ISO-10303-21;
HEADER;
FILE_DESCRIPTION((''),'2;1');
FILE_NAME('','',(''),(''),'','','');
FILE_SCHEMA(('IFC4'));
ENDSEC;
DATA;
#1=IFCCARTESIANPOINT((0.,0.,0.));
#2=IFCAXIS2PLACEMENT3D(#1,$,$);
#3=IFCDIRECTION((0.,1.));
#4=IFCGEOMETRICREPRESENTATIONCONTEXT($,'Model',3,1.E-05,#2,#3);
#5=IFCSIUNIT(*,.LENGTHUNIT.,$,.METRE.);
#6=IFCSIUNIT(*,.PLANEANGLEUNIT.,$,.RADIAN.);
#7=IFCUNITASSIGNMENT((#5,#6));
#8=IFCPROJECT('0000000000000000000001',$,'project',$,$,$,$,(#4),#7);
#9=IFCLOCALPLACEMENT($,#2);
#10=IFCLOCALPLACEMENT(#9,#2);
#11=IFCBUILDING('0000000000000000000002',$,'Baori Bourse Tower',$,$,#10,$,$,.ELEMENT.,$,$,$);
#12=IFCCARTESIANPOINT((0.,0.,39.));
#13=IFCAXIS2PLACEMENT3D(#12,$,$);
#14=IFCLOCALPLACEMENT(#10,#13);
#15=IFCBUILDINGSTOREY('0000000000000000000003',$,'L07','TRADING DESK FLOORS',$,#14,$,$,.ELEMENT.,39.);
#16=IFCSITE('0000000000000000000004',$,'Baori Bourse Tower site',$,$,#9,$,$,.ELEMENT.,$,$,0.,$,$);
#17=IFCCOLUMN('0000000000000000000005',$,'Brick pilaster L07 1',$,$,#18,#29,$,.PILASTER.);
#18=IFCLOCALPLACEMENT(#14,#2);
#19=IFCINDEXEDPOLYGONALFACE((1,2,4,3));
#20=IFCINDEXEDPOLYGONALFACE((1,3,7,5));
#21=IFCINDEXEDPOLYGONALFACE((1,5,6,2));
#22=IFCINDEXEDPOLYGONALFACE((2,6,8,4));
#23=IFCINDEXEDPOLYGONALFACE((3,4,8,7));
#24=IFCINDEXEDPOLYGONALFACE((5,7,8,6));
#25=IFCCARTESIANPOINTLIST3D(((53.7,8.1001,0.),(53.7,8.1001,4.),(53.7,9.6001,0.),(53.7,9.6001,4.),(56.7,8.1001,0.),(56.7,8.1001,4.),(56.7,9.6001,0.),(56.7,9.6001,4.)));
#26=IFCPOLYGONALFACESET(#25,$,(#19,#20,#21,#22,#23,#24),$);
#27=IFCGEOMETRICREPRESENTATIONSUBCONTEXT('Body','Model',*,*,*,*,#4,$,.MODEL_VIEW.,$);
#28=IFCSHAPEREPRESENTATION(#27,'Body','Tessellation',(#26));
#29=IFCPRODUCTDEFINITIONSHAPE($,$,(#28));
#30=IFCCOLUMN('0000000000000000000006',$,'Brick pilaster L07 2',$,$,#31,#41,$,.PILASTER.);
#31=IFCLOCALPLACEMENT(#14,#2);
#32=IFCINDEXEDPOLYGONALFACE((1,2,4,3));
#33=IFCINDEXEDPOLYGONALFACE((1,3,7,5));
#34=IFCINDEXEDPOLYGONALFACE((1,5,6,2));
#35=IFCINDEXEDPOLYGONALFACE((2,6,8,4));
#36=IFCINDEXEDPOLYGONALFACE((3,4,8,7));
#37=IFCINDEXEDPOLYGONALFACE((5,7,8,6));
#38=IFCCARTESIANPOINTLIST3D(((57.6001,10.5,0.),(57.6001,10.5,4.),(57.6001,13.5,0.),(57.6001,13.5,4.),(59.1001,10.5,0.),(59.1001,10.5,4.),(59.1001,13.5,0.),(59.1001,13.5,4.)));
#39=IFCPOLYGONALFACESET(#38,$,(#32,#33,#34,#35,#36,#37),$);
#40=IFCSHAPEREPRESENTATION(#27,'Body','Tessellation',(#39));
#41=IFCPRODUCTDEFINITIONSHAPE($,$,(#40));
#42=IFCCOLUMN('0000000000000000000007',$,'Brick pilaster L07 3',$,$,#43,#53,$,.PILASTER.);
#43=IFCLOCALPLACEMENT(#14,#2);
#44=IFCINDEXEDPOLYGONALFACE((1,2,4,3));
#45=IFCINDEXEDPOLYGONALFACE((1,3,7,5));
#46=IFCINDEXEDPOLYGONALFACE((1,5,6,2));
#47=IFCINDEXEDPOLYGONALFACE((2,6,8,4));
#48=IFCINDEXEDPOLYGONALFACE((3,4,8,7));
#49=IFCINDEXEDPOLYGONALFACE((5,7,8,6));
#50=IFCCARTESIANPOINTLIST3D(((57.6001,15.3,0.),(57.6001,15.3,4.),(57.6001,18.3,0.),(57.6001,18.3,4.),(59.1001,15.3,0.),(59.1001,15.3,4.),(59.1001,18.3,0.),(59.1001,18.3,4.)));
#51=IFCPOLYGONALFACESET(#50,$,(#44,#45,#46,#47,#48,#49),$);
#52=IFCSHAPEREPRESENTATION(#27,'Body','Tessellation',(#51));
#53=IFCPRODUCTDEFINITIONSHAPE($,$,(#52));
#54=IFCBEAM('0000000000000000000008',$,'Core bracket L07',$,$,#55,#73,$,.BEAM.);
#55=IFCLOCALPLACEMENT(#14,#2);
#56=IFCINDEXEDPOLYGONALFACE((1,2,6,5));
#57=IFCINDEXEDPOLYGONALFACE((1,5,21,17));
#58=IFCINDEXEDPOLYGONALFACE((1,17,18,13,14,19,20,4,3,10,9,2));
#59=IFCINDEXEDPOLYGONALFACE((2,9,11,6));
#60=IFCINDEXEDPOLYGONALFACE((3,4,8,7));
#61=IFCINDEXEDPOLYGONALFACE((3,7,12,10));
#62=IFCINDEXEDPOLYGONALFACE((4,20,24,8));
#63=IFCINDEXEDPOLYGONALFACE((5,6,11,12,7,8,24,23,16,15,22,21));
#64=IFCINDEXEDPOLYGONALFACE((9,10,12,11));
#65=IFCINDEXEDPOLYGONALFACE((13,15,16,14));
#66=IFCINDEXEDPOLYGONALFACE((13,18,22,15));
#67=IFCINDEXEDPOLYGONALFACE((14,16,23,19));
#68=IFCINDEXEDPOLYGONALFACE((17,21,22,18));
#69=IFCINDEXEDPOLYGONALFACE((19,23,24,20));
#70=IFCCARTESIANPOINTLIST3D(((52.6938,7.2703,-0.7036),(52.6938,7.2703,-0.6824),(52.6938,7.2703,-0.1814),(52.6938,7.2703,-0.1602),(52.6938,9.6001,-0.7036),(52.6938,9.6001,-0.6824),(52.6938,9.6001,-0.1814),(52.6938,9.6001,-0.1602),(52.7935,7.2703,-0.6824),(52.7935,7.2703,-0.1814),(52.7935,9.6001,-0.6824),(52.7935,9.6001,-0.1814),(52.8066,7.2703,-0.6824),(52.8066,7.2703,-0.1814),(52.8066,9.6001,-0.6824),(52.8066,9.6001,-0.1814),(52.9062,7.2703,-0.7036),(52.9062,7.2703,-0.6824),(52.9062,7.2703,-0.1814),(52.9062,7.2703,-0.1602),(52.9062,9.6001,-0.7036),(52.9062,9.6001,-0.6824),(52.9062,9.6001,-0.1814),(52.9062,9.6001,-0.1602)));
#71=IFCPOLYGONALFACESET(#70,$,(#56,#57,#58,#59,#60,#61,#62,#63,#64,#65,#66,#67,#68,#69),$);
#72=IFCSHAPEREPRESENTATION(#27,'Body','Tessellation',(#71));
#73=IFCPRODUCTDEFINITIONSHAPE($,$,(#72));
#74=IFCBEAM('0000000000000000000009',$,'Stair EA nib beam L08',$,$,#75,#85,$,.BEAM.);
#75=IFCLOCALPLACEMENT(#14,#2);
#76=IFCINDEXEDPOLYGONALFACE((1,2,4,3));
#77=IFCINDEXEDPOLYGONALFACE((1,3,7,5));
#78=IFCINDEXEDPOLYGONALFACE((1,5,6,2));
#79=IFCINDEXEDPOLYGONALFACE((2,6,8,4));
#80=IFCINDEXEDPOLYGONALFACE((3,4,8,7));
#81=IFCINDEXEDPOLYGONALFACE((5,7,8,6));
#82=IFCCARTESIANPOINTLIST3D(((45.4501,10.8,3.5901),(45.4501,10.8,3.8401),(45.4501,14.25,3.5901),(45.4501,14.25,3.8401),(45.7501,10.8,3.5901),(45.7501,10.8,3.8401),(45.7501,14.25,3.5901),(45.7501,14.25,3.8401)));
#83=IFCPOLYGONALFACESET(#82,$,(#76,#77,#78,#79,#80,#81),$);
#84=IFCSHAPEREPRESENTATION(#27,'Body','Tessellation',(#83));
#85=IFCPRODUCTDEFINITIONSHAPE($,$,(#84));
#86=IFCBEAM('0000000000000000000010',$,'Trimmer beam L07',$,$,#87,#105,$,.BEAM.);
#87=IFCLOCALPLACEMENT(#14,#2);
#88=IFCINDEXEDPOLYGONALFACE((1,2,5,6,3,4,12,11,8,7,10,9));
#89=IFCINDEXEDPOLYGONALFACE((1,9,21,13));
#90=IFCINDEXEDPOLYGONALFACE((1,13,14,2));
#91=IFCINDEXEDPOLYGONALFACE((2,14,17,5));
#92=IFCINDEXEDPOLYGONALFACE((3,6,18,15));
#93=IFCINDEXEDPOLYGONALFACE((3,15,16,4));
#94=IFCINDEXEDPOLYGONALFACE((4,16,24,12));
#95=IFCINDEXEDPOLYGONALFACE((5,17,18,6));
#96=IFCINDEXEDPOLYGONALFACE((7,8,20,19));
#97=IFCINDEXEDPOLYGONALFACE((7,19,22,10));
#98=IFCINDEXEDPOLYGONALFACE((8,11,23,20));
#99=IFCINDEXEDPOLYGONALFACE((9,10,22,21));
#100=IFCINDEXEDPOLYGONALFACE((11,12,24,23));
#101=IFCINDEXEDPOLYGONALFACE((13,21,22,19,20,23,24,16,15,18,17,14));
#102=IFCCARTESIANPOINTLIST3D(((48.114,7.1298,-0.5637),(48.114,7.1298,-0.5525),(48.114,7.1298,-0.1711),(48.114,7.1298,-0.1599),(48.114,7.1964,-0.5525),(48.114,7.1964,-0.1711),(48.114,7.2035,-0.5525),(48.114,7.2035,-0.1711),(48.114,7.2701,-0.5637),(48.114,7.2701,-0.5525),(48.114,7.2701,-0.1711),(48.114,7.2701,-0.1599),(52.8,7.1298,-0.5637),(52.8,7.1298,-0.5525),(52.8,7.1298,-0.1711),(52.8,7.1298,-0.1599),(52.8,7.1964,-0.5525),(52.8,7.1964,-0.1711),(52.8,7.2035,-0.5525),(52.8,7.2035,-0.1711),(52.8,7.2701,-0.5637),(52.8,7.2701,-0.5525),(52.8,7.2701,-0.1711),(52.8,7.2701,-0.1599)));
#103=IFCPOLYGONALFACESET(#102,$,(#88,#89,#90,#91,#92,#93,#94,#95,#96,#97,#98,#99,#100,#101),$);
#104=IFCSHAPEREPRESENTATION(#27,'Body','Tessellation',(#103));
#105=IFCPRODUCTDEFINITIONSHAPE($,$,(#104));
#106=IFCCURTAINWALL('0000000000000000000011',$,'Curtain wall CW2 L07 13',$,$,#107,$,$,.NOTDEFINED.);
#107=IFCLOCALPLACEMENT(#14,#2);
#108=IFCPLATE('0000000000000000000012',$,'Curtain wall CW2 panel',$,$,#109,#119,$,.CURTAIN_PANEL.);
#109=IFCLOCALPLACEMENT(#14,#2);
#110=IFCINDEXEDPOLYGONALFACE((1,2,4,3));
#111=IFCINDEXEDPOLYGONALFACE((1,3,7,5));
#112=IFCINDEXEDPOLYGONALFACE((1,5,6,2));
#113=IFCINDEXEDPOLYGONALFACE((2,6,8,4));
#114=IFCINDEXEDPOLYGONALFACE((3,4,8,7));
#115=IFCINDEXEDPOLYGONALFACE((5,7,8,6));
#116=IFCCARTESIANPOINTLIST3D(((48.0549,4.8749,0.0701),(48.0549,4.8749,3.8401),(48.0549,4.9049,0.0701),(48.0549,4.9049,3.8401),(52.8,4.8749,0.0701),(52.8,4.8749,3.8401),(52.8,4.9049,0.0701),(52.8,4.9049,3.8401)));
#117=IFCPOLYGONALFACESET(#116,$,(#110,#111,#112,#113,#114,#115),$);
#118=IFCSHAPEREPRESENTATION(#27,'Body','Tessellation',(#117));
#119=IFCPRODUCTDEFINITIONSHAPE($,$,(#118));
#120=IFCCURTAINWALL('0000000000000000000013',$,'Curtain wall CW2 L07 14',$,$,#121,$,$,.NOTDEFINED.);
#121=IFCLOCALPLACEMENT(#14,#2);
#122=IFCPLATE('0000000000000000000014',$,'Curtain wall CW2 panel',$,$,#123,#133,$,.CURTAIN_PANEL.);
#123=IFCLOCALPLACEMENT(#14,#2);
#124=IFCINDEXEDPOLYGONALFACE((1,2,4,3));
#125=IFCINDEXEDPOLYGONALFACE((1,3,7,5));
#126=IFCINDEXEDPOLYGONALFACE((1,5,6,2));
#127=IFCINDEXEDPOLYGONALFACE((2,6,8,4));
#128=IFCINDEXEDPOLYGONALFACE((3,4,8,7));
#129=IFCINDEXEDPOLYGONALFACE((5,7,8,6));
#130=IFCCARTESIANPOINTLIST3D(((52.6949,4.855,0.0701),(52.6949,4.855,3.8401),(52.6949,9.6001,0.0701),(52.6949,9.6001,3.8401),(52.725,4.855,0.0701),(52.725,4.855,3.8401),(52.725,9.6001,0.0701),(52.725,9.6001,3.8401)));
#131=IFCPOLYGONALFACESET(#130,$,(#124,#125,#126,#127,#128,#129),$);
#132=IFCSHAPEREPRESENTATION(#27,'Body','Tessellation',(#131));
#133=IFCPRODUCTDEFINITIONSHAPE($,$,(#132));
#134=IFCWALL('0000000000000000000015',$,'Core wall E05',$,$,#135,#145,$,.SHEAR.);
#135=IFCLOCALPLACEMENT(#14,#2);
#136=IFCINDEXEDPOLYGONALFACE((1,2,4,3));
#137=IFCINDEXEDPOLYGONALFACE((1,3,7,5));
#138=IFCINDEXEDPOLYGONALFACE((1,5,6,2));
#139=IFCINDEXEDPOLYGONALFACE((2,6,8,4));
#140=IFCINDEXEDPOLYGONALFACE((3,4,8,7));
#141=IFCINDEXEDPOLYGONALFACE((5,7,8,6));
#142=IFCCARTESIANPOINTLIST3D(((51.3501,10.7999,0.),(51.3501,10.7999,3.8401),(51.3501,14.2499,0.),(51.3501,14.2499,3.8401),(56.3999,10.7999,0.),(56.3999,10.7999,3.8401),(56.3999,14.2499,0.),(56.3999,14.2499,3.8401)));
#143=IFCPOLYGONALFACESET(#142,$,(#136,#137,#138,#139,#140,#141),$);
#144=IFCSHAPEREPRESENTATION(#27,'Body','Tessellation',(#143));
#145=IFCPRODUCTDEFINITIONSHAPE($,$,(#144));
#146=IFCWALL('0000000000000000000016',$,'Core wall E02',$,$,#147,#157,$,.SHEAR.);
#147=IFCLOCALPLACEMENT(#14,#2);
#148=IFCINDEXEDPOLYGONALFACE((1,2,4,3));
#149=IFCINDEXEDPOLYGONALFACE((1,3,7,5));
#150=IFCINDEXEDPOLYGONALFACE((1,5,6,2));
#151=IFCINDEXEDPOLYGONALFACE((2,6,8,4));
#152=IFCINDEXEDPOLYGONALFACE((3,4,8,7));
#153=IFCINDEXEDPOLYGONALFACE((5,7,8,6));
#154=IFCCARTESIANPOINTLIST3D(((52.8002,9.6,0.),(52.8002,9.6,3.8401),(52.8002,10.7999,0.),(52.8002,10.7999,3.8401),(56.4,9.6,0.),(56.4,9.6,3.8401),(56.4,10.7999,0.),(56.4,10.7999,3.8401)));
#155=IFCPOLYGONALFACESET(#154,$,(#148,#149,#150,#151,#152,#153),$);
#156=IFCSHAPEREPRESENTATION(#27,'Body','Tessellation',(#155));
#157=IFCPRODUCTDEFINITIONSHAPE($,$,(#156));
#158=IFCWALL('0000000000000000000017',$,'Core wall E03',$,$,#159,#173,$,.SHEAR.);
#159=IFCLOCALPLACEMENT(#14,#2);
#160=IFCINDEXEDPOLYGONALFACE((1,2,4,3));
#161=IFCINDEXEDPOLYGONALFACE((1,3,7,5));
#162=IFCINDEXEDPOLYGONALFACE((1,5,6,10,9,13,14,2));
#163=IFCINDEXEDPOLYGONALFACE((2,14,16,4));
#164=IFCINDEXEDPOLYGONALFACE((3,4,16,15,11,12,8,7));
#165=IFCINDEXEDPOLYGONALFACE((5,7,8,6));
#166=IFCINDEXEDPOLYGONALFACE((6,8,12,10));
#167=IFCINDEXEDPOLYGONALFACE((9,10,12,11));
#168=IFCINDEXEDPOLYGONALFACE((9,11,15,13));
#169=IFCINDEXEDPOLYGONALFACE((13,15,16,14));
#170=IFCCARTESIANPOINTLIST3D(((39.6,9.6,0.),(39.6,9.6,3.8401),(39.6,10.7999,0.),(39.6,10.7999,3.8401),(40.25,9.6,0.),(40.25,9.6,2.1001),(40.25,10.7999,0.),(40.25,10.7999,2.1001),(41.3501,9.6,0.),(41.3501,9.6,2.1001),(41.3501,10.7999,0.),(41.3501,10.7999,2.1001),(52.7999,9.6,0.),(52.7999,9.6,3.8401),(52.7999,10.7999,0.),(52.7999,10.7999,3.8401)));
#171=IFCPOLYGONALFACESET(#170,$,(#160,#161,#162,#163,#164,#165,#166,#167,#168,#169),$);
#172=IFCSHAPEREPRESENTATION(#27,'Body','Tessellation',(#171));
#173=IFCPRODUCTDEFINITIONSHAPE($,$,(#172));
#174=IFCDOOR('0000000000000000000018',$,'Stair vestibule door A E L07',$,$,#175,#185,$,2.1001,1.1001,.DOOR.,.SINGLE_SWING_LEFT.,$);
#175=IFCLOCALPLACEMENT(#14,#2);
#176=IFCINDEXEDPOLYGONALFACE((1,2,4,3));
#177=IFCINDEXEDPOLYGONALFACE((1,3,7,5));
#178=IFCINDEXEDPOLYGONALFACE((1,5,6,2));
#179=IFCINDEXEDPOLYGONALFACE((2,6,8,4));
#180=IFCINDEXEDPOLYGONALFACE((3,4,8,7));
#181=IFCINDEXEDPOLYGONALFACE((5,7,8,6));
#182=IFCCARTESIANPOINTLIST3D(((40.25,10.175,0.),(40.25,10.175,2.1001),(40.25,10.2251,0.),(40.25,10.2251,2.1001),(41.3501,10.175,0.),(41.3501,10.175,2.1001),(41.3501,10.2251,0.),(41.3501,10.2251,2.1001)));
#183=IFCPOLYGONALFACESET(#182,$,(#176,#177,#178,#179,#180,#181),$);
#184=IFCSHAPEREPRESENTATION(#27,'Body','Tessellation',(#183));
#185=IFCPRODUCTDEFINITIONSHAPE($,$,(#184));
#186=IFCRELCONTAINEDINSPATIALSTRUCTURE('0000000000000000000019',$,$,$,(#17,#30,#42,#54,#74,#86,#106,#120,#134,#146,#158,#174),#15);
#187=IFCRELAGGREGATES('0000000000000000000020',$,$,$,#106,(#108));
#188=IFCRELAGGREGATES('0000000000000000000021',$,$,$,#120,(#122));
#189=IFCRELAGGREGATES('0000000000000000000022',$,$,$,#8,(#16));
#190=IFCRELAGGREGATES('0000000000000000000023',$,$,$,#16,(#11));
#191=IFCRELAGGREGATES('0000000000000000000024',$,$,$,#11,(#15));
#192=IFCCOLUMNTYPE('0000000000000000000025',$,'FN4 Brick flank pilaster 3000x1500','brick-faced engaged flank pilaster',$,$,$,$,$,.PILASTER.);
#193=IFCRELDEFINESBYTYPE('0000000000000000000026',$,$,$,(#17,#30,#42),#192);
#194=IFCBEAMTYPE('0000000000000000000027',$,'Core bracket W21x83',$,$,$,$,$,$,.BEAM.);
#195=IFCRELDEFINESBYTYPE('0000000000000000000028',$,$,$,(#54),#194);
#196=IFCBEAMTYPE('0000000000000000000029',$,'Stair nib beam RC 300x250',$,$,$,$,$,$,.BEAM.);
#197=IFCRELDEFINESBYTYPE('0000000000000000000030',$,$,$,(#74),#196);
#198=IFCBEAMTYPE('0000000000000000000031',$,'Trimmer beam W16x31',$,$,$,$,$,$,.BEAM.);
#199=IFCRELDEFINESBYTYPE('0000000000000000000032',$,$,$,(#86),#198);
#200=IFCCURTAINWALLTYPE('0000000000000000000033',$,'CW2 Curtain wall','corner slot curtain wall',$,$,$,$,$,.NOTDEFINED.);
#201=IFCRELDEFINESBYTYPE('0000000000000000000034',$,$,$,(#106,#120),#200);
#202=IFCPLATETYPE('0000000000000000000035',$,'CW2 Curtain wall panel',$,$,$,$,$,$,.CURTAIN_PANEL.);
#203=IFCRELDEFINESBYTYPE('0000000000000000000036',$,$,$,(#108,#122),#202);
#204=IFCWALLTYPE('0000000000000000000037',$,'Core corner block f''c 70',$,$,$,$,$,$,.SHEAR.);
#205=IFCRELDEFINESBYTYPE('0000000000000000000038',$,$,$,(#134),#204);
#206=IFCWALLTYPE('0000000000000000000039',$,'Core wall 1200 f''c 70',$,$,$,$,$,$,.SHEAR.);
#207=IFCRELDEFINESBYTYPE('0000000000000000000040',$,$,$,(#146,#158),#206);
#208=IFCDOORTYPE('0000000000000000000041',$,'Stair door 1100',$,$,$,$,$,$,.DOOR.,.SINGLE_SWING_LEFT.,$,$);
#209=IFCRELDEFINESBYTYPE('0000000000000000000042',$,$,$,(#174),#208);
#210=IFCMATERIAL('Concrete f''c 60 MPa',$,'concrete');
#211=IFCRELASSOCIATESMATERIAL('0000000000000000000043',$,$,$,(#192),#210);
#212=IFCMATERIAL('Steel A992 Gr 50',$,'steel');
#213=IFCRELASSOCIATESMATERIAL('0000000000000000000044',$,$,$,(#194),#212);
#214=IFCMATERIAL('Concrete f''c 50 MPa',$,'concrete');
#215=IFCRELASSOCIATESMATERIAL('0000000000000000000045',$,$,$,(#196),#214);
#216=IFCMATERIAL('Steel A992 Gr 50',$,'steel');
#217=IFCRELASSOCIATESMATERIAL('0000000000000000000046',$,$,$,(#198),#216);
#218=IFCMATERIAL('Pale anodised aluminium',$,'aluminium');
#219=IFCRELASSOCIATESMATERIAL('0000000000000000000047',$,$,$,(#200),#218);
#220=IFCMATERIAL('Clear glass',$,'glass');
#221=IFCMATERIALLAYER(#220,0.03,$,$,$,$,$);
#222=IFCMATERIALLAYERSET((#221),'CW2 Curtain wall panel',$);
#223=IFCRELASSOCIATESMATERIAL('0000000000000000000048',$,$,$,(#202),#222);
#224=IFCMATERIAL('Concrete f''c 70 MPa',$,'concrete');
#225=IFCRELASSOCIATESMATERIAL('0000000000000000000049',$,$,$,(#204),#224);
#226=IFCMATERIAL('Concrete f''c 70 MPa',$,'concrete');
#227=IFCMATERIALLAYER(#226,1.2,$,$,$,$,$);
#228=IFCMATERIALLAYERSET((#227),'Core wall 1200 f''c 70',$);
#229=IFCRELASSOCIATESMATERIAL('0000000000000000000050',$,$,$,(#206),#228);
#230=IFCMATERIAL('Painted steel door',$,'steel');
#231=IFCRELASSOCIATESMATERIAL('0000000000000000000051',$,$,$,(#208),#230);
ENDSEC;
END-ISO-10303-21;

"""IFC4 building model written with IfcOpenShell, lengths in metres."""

from ifc_helpers import new_model, si_unit, direction, frame, frame_2d, origin, origin_2d, place, context, subcontext, project, spatial, rectangle, i_section, extrude, material, layer, layer_set, material_profile, profile_set, type_object, element, fill, aggregate, save


model = new_model("IFC4")

# Units and contexts
model_context = context("Model", 3, precision=1e-05, world=origin(), true_north=direction((0.0, 1.0)))
body_context = subcontext(model_context, "Body", "Model", "MODEL_VIEW")
ifc_project = project(units=[si_unit("LENGTHUNIT", "METRE"), si_unit("PLANEANGLEUNIT", "RADIAN")], contexts=[model_context])

# Site, building, storey
site_placement = place(None, origin())
site = spatial("IfcSite", under=ifc_project, at=site_placement, Name="Baori Bourse Tower site", CompositionType="ELEMENT", RefElevation=0.0)
building_placement = place(site_placement, origin())
building = spatial("IfcBuilding", under=site, at=building_placement, Name="Baori Bourse Tower", CompositionType="ELEMENT")
storey_placement = place(building_placement, frame((0.0, 0.0, 39.0)))
storey = spatial("IfcBuildingStorey", under=building, at=storey_placement, Name="L07", Description="TRADING DESK FLOORS", CompositionType="ELEMENT", Elevation=39.0)

# Columns
ifc_material_1 = material(Name="Concrete f'c 60 MPa", Category="concrete")
ifc_material_profile_1 = material_profile(ifc_material_1, rectangle(XDim=3.0, YDim=1.5, at=origin_2d()), Name="RC 3000x1500")
ifc_profile_set_1 = profile_set([ifc_material_profile_1], Name="Concrete f'c 60 MPa")
column_type = type_object("IfcColumnType", Name="FN4 Brick flank pilaster 3000x1500", Description="brick-faced engaged flank pilaster", PredefinedType="PILASTER", material=ifc_profile_set_1)
for number, where, z_axis, x_axis, name in (
    (1, (55.2, 8.8501, 0.0), (0.0, 0.0, 1.0), (1.0, 0.0, 0.0), "Brick pilaster L07 1"),
    (2, (58.3501, 12.0, 0.0), (0.0, 0.0, 1.0), (0.0, 1.0, 0.0), "Brick pilaster L07 2"),
    (3, (58.3501, 16.8, 0.0), (0.0, 0.0, 1.0), (0.0, 1.0, 0.0), "Brick pilaster L07 3"),
):
    element("IfcColumn", number, at=place(storey_placement, frame(where, z_axis=z_axis, x_axis=x_axis)), inside=storey, type_object=column_type, Name=name, PredefinedType="PILASTER", context=body_context, shape_type="SweptSolid", body=[
        extrude(rectangle(XDim=3.0, YDim=1.5, at=origin_2d()), origin(), (0.0, 0.0, 1.0), 4.0),
    ])

# Beams
ifc_material_2 = material(Name="Steel A992 Gr 50", Category="steel")
ifc_material_profile_2 = material_profile(ifc_material_2, i_section(OverallWidth=0.2124, OverallDepth=0.5435, WebThickness=0.0132, FlangeThickness=0.0212, at=origin_2d()), Name="W21x83")
ifc_profile_set_2 = profile_set([ifc_material_profile_2], Name="Steel A992 Gr 50")
beam_type_1 = type_object("IfcBeamType", Name="Core bracket W21x83", PredefinedType="BEAM", material=ifc_profile_set_2)
beam_1_placement = place(storey_placement, frame((52.8, 7.2703, -0.4319), z_axis=(0.0, 1.0, 0.0), x_axis=(-1.0, 0.0, 0.0)))
element("IfcBeam", 4, at=beam_1_placement, inside=storey, type_object=beam_type_1, Name="Core bracket L07", PredefinedType="BEAM", context=body_context, shape_type="SweptSolid", body=[
    extrude(i_section(OverallWidth=0.2124, OverallDepth=0.5435, WebThickness=0.0132, FlangeThickness=0.0212, at=origin_2d()), origin(), (0.0, 0.0, 1.0), 2.3298),
])
ifc_material_3 = material(Name="Concrete f'c 50 MPa", Category="concrete")
ifc_material_profile_3 = material_profile(ifc_material_3, rectangle(XDim=0.3, YDim=0.25, at=origin_2d()), Name="RC 300x250")
ifc_profile_set_3 = profile_set([ifc_material_profile_3], Name="Concrete f'c 50 MPa")
beam_type_2 = type_object("IfcBeamType", Name="Stair nib beam RC 300x250", PredefinedType="BEAM", material=ifc_profile_set_3)
beam_2_placement = place(storey_placement, frame((45.6001, 10.8, 3.7151), z_axis=(0.0, 1.0, 0.0), x_axis=(-1.0, 0.0, 0.0)))
element("IfcBeam", 5, at=beam_2_placement, inside=storey, type_object=beam_type_2, Name="Stair EA nib beam L08", PredefinedType="BEAM", context=body_context, shape_type="SweptSolid", body=[
    extrude(rectangle(XDim=0.3, YDim=0.25, at=origin_2d()), origin(), (0.0, 0.0, 1.0), 3.45),
])
ifc_material_4 = material(Name="Steel A992 Gr 50", Category="steel")
ifc_material_profile_4 = material_profile(ifc_material_4, i_section(OverallWidth=0.1404, OverallDepth=0.4038, WebThickness=0.0071, FlangeThickness=0.0112, at=origin_2d()), Name="W16x31")
ifc_profile_set_4 = profile_set([ifc_material_profile_4], Name="Steel A992 Gr 50")
beam_type_3 = type_object("IfcBeamType", Name="Trimmer beam W16x31", PredefinedType="BEAM", material=ifc_profile_set_4)
beam_3_placement = place(storey_placement, frame((48.114, 7.2, -0.3618), z_axis=(1.0, 0.0, 0.0), x_axis=(0.0, 1.0, 0.0)))
element("IfcBeam", 6, at=beam_3_placement, inside=storey, type_object=beam_type_3, Name="Trimmer beam L07", PredefinedType="BEAM", context=body_context, shape_type="SweptSolid", body=[
    extrude(i_section(OverallWidth=0.1404, OverallDepth=0.4038, WebThickness=0.0071, FlangeThickness=0.0112, at=origin_2d()), origin(), (0.0, 0.0, 1.0), 4.686),
])

# Curtain walls, plates
ifc_material_5 = material(Name="Pale anodised aluminium", Category="aluminium")
curtain_wall_type = type_object("IfcCurtainWallType", Name="CW2 Curtain wall", Description="corner slot curtain wall", PredefinedType="NOTDEFINED", material=ifc_material_5)
curtain_wall_1_placement = place(storey_placement, origin())
curtain_wall_1 = element("IfcCurtainWall", 7, at=curtain_wall_1_placement, inside=storey, type_object=curtain_wall_type, Name="Curtain wall CW2 L07 13", PredefinedType="NOTDEFINED")
ifc_material_6 = material(Name="Clear glass", Category="glass")
ifc_layer_1 = layer(ifc_material_6, 0.03)
ifc_layer_set_1 = layer_set([ifc_layer_1], Name="CW2 Curtain wall panel")
plate_type = type_object("IfcPlateType", Name="CW2 Curtain wall panel", PredefinedType="CURTAIN_PANEL", material=ifc_layer_set_1)
plate_1_placement = place(storey_placement, frame((50.4275, 4.8899, 0.0701), z_axis=(0.0, 0.0, 1.0), x_axis=(1.0, 0.0, 0.0)))
plate_1 = element("IfcPlate", 8, at=plate_1_placement, type_object=plate_type, Name="Curtain wall CW2 panel", PredefinedType="CURTAIN_PANEL", context=body_context, shape_type="SweptSolid", body=[
    extrude(rectangle(XDim=4.7451, YDim=0.03, at=origin_2d()), origin(), (0.0, 0.0, 1.0), 3.77),
])
aggregate(curtain_wall_1, [plate_1])
curtain_wall_2_placement = place(storey_placement, origin())
curtain_wall_2 = element("IfcCurtainWall", 9, at=curtain_wall_2_placement, inside=storey, type_object=curtain_wall_type, Name="Curtain wall CW2 L07 14", PredefinedType="NOTDEFINED")
plate_2_placement = place(storey_placement, frame((52.71, 7.2275, 0.0701), z_axis=(0.0, 0.0, 1.0), x_axis=(0.0, 1.0, 0.0)))
plate_2 = element("IfcPlate", 10, at=plate_2_placement, type_object=plate_type, Name="Curtain wall CW2 panel", PredefinedType="CURTAIN_PANEL", context=body_context, shape_type="SweptSolid", body=[
    extrude(rectangle(XDim=4.7451, YDim=0.03, at=origin_2d()), origin(), (0.0, 0.0, 1.0), 3.77),
])
aggregate(curtain_wall_2, [plate_2])

# Walls
ifc_material_7 = material(Name="Concrete f'c 70 MPa", Category="concrete")
wall_type_1 = type_object("IfcWallType", Name="Core corner block f'c 70", PredefinedType="SHEAR", material=ifc_material_7)
wall_1_placement = place(storey_placement, frame((51.3501, 12.5249, 0.0), z_axis=(0.0, 0.0, 1.0), x_axis=(1.0, 0.0, 0.0)))
element("IfcWall", 11, at=wall_1_placement, inside=storey, type_object=wall_type_1, Name="Core wall E05", PredefinedType="SHEAR", context=body_context, shape_type="SweptSolid", body=[
    extrude(rectangle(XDim=5.0498, YDim=3.45, at=frame_2d((2.5249, 0.0))), origin(), (0.0, 0.0, 1.0), 3.8401),
])
ifc_material_8 = material(Name="Concrete f'c 70 MPa", Category="concrete")
ifc_layer_2 = layer(ifc_material_8, 1.2)
ifc_layer_set_2 = layer_set([ifc_layer_2], Name="Core wall 1200 f'c 70")
wall_type_2 = type_object("IfcWallType", Name="Core wall 1200 f'c 70", PredefinedType="SHEAR", material=ifc_layer_set_2)
wall_2_placement = place(storey_placement, frame((56.3999, 10.2, 0.0), z_axis=(0.0, 0.0, 1.0), x_axis=(-1.0, 0.0, 0.0)))
element("IfcWall", 12, at=wall_2_placement, inside=storey, type_object=wall_type_2, Name="Core wall E02", PredefinedType="SHEAR", context=body_context, shape_type="SweptSolid", body=[
    extrude(rectangle(XDim=3.5999, YDim=1.2, at=frame_2d((1.7998, 0.0))), origin(), (0.0, 0.0, 1.0), 3.8401),
])

# Wall, opening, door
wall_3_placement = place(storey_placement, frame((52.8, 10.2, 0.0), z_axis=(0.0, 0.0, 1.0), x_axis=(-1.0, 0.0, 0.0)))
wall_3 = element("IfcWall", 13, at=wall_3_placement, inside=storey, type_object=wall_type_2, Name="Core wall E03", PredefinedType="SHEAR", context=body_context, shape_type="SweptSolid", body=[
    extrude(rectangle(XDim=13.2, YDim=1.2, at=frame_2d((6.6001, 0.0))), origin(), (0.0, 0.0, 1.0), 3.8401),
])
opening_1_placement = place(wall_3_placement, frame((11.45, 0.0, 0.0)))
opening_1 = element("IfcOpeningElement", 14, at=opening_1_placement, cuts=wall_3, PredefinedType="OPENING", context=body_context, shape_type="SweptSolid", body=[
    extrude(rectangle(XDim=1.1001, YDim=2.1001, at=frame_2d((0.55, 1.05))), frame((0.0, 0.6099, 0.0), z_axis=(0.0, -1.0, 0.0), x_axis=(1.0, 0.0, 0.0)), (0.0, 0.0, 1.0), 1.22),
])
ifc_material_9 = material(Name="Painted steel door", Category="steel")
door_type_1 = type_object("IfcDoorType", Name="Stair door 1100", OperationType="SINGLE_SWING_LEFT", PredefinedType="DOOR", material=ifc_material_9)
door_1_placement = place(opening_1_placement, origin())
door_1 = element("IfcDoor", 15, at=door_1_placement, inside=storey, type_object=door_type_1, Name="Stair vestibule door A E L07", OperationType="SINGLE_SWING_LEFT", OverallHeight=2.1001, OverallWidth=1.1001, PredefinedType="DOOR", context=body_context, shape_type="SweptSolid", body=[
    extrude(rectangle(XDim=1.1001, YDim=2.1001, at=frame_2d((0.55, 1.05))), frame((0.0, 0.0249, 0.0), z_axis=(0.0, -1.0, 0.0), x_axis=(1.0, 0.0, 0.0)), (0.0, 0.0, 1.0), 0.05),
])
fill(opening_1, door_1)

save(model, "model.ifc")
